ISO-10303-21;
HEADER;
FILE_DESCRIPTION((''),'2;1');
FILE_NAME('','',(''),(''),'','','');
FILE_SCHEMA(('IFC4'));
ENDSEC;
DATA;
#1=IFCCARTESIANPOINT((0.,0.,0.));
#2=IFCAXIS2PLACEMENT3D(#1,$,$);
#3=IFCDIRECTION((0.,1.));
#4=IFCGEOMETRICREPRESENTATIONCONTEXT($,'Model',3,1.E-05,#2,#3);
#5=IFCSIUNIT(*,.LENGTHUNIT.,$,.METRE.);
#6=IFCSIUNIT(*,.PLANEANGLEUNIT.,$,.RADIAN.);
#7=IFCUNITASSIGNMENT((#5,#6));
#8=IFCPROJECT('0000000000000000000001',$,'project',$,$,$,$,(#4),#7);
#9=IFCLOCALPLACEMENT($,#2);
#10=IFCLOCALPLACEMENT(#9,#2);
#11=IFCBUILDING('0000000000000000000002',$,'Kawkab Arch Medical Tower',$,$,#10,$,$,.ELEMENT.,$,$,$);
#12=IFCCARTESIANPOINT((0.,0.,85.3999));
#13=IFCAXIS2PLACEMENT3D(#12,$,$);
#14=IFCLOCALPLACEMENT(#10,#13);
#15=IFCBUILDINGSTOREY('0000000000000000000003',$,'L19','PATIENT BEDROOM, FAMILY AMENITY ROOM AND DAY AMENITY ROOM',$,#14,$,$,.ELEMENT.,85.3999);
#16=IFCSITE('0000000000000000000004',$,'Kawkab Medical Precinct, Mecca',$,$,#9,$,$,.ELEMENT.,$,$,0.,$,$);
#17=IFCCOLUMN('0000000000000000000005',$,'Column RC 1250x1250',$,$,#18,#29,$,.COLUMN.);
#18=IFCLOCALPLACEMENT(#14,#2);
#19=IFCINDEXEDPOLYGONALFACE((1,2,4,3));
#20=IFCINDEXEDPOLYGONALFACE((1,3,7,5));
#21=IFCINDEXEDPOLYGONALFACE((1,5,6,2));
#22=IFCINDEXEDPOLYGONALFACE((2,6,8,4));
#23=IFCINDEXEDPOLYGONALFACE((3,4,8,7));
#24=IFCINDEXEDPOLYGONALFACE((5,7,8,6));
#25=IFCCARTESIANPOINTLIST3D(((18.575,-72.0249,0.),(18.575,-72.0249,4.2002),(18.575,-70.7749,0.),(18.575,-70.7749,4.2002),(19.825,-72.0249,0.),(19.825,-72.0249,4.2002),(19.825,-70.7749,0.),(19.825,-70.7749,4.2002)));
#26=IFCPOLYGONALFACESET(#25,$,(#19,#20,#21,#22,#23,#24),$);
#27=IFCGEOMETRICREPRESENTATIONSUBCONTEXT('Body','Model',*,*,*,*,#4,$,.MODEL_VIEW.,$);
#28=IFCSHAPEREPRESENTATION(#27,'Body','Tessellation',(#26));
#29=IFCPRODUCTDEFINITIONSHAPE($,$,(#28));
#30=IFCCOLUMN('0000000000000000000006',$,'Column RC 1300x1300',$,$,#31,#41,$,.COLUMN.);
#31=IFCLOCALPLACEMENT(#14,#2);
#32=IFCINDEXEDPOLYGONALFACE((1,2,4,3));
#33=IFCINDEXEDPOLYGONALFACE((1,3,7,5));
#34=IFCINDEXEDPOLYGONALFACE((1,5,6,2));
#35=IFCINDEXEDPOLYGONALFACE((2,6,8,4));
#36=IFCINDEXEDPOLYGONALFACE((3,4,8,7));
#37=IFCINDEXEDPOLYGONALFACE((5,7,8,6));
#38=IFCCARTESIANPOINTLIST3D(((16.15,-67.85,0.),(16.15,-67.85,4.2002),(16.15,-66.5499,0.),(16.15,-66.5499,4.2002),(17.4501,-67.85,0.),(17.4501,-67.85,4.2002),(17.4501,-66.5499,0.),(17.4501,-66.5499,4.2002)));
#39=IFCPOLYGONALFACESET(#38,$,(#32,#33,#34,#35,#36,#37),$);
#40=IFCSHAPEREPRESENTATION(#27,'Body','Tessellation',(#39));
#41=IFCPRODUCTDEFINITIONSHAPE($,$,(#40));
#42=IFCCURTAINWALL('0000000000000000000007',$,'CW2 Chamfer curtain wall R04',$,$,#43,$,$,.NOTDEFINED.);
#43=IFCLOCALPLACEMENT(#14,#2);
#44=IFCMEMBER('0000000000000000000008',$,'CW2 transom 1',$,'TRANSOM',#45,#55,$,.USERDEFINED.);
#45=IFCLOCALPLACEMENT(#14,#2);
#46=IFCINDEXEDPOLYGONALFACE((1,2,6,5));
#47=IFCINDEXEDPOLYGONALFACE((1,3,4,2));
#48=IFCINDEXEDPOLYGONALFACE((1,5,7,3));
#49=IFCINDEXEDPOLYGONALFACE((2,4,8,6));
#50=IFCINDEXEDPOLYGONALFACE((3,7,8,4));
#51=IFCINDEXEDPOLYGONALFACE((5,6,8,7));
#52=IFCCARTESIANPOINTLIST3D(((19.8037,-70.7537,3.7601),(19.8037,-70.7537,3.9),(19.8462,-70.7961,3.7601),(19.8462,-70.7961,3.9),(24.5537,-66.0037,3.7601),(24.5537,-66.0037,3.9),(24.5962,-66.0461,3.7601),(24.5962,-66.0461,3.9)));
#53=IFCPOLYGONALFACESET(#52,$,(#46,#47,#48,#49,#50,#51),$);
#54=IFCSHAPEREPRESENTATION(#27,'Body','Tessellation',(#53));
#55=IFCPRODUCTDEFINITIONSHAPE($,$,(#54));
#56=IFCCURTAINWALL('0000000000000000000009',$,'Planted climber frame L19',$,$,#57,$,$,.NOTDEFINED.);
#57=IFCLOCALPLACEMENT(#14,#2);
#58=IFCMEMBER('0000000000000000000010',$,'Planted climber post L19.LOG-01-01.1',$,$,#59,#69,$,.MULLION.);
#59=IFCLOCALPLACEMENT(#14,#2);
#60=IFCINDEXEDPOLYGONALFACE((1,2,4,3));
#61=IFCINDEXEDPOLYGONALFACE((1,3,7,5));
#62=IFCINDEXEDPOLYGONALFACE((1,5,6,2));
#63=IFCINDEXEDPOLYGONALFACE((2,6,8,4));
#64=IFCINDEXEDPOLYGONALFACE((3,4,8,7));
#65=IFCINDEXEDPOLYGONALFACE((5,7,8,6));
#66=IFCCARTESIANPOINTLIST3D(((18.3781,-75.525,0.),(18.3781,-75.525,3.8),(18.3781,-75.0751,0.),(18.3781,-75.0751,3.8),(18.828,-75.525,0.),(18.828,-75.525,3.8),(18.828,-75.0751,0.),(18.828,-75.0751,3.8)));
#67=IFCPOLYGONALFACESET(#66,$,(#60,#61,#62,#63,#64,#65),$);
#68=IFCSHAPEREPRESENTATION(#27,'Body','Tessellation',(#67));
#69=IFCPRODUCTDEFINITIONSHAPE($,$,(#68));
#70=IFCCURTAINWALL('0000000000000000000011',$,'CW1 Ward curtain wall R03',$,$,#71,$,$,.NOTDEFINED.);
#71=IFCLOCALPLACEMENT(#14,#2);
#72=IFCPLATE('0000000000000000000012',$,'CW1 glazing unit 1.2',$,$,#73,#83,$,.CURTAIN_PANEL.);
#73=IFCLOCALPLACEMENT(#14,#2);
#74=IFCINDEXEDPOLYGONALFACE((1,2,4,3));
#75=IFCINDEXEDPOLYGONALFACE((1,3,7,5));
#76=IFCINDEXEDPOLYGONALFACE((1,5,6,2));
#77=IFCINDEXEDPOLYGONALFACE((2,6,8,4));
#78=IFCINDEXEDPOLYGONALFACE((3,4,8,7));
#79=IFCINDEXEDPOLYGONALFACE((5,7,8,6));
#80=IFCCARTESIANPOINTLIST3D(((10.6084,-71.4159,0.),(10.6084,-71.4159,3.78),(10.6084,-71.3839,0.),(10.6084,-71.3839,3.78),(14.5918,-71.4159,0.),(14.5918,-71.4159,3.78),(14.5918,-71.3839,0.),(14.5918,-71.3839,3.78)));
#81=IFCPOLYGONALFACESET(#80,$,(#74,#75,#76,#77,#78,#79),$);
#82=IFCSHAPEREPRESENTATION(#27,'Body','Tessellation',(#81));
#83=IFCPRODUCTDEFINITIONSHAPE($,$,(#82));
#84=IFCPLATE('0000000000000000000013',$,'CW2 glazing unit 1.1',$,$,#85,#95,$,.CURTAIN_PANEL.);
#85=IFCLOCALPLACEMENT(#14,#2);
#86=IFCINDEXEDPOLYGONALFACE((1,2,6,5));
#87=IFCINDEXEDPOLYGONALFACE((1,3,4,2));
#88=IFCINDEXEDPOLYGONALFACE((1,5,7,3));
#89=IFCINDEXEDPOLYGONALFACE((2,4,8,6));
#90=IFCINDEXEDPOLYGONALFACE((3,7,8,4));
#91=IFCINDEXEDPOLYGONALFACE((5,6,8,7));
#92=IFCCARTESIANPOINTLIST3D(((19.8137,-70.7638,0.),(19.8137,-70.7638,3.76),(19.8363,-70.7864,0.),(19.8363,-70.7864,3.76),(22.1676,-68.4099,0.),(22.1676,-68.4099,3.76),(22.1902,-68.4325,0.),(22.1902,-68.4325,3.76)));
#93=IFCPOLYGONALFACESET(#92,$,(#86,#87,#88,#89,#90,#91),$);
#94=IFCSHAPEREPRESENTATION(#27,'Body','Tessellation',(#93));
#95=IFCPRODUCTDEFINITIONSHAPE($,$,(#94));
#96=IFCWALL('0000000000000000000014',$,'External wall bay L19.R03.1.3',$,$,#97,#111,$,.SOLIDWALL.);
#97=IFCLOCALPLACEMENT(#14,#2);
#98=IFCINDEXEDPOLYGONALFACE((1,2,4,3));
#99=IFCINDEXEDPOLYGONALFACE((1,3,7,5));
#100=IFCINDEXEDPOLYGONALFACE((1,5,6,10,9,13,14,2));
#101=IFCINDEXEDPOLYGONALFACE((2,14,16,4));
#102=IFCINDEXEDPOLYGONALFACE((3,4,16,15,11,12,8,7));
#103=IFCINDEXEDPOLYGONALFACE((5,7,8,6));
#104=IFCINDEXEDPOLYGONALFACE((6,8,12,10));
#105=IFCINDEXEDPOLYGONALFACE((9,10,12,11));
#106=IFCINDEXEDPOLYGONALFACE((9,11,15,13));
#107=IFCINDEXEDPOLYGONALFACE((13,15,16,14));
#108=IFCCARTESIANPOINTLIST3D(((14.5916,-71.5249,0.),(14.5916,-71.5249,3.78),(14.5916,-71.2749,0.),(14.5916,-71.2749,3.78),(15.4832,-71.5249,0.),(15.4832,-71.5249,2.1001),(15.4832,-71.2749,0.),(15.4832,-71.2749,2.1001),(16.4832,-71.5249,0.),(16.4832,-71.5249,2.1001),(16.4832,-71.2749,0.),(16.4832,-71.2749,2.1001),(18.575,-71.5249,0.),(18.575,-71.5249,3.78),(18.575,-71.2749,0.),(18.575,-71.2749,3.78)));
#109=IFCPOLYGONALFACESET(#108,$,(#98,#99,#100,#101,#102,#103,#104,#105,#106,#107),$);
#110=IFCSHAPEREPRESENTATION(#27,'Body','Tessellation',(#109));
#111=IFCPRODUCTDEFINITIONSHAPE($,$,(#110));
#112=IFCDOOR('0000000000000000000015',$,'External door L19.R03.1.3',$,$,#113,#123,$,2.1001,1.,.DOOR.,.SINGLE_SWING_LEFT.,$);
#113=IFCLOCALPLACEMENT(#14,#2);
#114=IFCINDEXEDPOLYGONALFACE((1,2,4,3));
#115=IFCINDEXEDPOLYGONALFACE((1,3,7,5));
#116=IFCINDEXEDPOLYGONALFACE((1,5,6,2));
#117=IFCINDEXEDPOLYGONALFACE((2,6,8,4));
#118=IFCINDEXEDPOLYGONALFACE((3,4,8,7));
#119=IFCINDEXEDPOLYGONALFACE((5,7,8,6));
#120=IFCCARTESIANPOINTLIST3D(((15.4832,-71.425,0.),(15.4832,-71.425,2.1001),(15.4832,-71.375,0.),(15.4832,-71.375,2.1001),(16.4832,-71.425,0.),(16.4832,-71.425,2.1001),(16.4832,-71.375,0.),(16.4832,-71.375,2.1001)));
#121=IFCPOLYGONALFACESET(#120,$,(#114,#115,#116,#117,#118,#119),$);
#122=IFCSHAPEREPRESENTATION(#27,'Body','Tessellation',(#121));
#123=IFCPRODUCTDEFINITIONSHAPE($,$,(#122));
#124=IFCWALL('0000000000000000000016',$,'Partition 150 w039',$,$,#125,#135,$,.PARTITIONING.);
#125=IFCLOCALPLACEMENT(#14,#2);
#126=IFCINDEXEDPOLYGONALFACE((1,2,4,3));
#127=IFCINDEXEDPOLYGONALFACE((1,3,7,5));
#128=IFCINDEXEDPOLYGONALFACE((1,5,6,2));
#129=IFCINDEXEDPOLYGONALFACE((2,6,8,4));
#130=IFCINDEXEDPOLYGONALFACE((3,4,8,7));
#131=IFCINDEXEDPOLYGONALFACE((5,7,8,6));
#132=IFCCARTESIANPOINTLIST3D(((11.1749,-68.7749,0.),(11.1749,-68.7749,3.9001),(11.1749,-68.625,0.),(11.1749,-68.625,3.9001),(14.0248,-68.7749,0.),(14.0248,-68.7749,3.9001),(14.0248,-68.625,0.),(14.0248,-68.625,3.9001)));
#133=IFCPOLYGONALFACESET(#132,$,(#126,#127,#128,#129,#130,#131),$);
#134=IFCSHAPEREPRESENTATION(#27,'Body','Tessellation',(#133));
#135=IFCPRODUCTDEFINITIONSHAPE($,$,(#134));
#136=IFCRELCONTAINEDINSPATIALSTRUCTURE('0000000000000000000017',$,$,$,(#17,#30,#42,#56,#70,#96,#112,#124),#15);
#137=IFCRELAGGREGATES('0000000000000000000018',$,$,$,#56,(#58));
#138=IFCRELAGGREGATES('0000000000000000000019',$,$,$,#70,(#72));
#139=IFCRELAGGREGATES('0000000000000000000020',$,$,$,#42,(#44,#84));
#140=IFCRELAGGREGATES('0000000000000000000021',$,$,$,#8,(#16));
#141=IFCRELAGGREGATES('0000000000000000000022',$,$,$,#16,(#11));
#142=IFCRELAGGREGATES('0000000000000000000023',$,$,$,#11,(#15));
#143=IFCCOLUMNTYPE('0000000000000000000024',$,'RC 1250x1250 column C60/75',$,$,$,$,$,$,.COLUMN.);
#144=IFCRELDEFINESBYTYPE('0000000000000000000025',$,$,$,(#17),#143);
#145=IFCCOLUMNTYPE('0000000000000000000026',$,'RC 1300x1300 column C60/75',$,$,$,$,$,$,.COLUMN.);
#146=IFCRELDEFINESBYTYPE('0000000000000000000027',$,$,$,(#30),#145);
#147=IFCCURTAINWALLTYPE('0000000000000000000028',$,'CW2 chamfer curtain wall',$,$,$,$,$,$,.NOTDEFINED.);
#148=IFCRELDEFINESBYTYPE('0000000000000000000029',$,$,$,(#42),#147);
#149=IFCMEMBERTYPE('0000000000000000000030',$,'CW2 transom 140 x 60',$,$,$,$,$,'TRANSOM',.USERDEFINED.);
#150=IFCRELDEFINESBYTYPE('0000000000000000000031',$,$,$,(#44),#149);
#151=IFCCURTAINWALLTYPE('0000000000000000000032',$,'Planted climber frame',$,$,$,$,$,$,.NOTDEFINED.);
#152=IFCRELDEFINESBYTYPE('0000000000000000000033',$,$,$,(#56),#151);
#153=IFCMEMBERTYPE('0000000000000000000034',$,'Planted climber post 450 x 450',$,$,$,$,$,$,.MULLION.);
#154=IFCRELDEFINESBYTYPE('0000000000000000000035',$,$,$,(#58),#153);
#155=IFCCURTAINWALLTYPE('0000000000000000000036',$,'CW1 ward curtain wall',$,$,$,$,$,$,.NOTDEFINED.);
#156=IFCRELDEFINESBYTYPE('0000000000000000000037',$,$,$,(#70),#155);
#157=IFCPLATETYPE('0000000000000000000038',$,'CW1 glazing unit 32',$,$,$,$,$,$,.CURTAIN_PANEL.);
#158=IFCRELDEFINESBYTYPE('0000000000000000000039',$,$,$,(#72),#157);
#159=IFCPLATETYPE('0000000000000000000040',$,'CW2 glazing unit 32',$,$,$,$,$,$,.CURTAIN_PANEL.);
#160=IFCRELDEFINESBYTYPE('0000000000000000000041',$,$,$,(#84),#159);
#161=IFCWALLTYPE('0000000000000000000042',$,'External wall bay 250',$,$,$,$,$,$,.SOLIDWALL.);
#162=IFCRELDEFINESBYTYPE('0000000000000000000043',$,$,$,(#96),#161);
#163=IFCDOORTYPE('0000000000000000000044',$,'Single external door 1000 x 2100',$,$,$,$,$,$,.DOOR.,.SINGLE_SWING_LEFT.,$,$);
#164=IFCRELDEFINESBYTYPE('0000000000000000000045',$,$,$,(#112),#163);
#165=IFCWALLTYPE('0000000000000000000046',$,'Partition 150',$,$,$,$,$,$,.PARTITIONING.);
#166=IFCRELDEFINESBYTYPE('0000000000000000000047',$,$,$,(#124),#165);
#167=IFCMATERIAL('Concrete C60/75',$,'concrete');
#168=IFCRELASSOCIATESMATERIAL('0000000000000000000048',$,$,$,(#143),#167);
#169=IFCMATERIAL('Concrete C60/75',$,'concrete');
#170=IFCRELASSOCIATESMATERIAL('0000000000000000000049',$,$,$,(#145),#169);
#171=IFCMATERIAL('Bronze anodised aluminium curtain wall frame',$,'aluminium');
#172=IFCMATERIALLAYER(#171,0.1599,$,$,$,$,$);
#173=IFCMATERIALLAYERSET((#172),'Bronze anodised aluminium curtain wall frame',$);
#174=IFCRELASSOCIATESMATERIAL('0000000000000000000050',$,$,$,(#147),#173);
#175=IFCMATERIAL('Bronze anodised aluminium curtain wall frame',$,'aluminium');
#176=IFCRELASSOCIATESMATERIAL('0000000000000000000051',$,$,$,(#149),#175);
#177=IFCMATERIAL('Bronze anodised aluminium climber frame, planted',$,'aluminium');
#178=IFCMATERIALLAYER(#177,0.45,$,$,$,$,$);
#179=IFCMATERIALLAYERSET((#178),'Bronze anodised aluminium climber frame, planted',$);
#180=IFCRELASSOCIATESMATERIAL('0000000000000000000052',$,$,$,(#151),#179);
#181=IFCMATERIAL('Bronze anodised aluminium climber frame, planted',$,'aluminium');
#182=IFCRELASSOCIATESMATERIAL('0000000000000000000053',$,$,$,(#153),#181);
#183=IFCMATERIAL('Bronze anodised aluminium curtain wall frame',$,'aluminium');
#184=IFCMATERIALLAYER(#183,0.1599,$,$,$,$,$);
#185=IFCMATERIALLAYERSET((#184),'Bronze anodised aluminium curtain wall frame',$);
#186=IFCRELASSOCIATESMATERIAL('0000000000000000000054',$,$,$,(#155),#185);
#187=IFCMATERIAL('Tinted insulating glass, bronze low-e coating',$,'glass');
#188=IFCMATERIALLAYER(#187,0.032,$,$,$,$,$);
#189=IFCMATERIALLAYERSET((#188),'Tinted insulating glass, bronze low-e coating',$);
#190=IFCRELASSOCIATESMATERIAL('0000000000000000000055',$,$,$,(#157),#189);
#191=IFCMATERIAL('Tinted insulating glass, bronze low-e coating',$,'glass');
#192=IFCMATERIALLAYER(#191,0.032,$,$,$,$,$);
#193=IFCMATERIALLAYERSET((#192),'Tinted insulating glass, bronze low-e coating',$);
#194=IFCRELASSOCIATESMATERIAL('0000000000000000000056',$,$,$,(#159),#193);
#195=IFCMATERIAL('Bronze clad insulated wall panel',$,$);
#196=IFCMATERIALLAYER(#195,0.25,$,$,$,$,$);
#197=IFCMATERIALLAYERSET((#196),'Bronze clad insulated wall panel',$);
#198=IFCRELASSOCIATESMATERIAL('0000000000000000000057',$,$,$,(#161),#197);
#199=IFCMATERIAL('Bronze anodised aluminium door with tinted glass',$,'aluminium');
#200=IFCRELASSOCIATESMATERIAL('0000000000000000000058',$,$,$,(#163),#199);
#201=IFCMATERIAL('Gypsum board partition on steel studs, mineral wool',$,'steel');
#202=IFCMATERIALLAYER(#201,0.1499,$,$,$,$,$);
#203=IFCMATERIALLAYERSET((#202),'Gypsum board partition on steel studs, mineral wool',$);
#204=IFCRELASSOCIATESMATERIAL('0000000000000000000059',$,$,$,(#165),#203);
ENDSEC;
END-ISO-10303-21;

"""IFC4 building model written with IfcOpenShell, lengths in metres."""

from ifc_helpers import new_model, si_unit, direction, frame, frame_2d, origin, origin_2d, place, context, subcontext, project, spatial, rectangle, extrude, material, layer, layer_set, material_profile, profile_set, type_object, element, fill, aggregate, save


model = new_model("IFC4")

# Units and contexts
model_context = context("Model", 3, precision=1e-05, world=origin(), true_north=direction((0.0, 1.0)))
body_context = subcontext(model_context, "Body", "Model", "MODEL_VIEW")
ifc_project = project(units=[si_unit("LENGTHUNIT", "METRE"), si_unit("PLANEANGLEUNIT", "RADIAN")], contexts=[model_context])

# Site, building, storey
site_placement = place(None, origin())
site = spatial("IfcSite", under=ifc_project, at=site_placement, Name="Kawkab Medical Precinct, Mecca", CompositionType="ELEMENT", RefElevation=0.0)
building_placement = place(site_placement, origin())
building = spatial("IfcBuilding", under=site, at=building_placement, Name="Kawkab Arch Medical Tower", CompositionType="ELEMENT")
storey_placement = place(building_placement, frame((0.0, 0.0, 85.3999)))
storey = spatial("IfcBuildingStorey", under=building, at=storey_placement, Name="L19", Description="PATIENT BEDROOM, FAMILY AMENITY ROOM AND DAY AMENITY ROOM", CompositionType="ELEMENT", Elevation=85.3999)

# Columns
ifc_material_1 = material(Name="Concrete C60/75", Category="concrete")
ifc_material_profile_1 = material_profile(ifc_material_1, rectangle(XDim=1.25, YDim=1.25, at=origin_2d()), Name="RC 1250x1250")
ifc_profile_set_1 = profile_set([ifc_material_profile_1], Name="Concrete C60/75")
column_type_1 = type_object("IfcColumnType", Name="RC 1250x1250 column C60/75", PredefinedType="COLUMN", material=ifc_profile_set_1)
column_1_placement = place(storey_placement, frame((19.2, -71.3999, 0.0), z_axis=(0.0, 0.0, 1.0), x_axis=(1.0, 0.0, 0.0)))
element("IfcColumn", 1, at=column_1_placement, inside=storey, type_object=column_type_1, Name="Column RC 1250x1250", PredefinedType="COLUMN", context=body_context, shape_type="SweptSolid", body=[
    extrude(rectangle(XDim=1.25, YDim=1.25, at=origin_2d()), origin(), (0.0, 0.0, 1.0), 4.2002),
])
ifc_material_2 = material(Name="Concrete C60/75", Category="concrete")
ifc_material_profile_2 = material_profile(ifc_material_2, rectangle(XDim=1.3, YDim=1.3, at=origin_2d()), Name="RC 1300x1300")
ifc_profile_set_2 = profile_set([ifc_material_profile_2], Name="Concrete C60/75")
column_type_2 = type_object("IfcColumnType", Name="RC 1300x1300 column C60/75", PredefinedType="COLUMN", material=ifc_profile_set_2)
column_2_placement = place(storey_placement, frame((16.8, -67.2, 0.0), z_axis=(0.0, 0.0, 1.0), x_axis=(1.0, 0.0, 0.0)))
element("IfcColumn", 2, at=column_2_placement, inside=storey, type_object=column_type_2, Name="Column RC 1300x1300", PredefinedType="COLUMN", context=body_context, shape_type="SweptSolid", body=[
    extrude(rectangle(XDim=1.3, YDim=1.3, at=origin_2d()), origin(), (0.0, 0.0, 1.0), 4.2002),
])

# Curtain walls, members
ifc_material_3 = material(Name="Bronze anodised aluminium curtain wall frame", Category="aluminium")
ifc_layer_1 = layer(ifc_material_3, 0.1599)
ifc_layer_set_1 = layer_set([ifc_layer_1], Name="Bronze anodised aluminium curtain wall frame")
curtain_wall_type_1 = type_object("IfcCurtainWallType", Name="CW2 chamfer curtain wall", PredefinedType="NOTDEFINED", material=ifc_layer_set_1)
placement = place(storey_placement, origin())
curtain_wall_1 = element("IfcCurtainWall", 3, at=placement, inside=storey, type_object=curtain_wall_type_1, Name="CW2 Chamfer curtain wall R04", PredefinedType="NOTDEFINED")
ifc_material_4 = material(Name="Bronze anodised aluminium curtain wall frame", Category="aluminium")
ifc_material_profile_3 = material_profile(ifc_material_4, rectangle(XDim=0.0601, YDim=0.1399, at=origin_2d()), Name="AL 60x140")
ifc_profile_set_3 = profile_set([ifc_material_profile_3], Name="Bronze anodised aluminium curtain wall frame")
member_type_1 = type_object("IfcMemberType", Name="CW2 transom 140 x 60", ElementType="TRANSOM", PredefinedType="USERDEFINED", material=ifc_profile_set_3)
member_1_placement = place(storey_placement, frame((19.825, -70.7749, 3.8301), z_axis=(0.707107, 0.707107, 0.0), x_axis=(-0.707107, 0.707107, 0.0)))
member_1 = element("IfcMember", 4, at=member_1_placement, type_object=member_type_1, Name="CW2 transom 1", ObjectType="TRANSOM", PredefinedType="USERDEFINED", context=body_context, shape_type="SweptSolid", body=[
    extrude(rectangle(XDim=0.0601, YDim=0.1399, at=origin_2d()), origin(), (0.0, 0.0, 1.0), 6.7175),
])
ifc_material_5 = material(Name="Bronze anodised aluminium climber frame, planted", Category="aluminium")
ifc_layer_2 = layer(ifc_material_5, 0.45)
ifc_layer_set_2 = layer_set([ifc_layer_2], Name="Bronze anodised aluminium climber frame, planted")
curtain_wall_type_2 = type_object("IfcCurtainWallType", Name="Planted climber frame", PredefinedType="NOTDEFINED", material=ifc_layer_set_2)
curtain_wall_2 = element("IfcCurtainWall", 5, at=placement, inside=storey, type_object=curtain_wall_type_2, Name="Planted climber frame L19", PredefinedType="NOTDEFINED")
ifc_material_6 = material(Name="Bronze anodised aluminium climber frame, planted", Category="aluminium")
ifc_material_profile_4 = material_profile(ifc_material_6, rectangle(XDim=0.45, YDim=0.45, at=origin_2d()), Name="Post 450x450")
ifc_profile_set_4 = profile_set([ifc_material_profile_4], Name="Bronze anodised aluminium climber frame, planted")
member_type_2 = type_object("IfcMemberType", Name="Planted climber post 450 x 450", PredefinedType="MULLION", material=ifc_profile_set_4)
member_2_placement = place(storey_placement, frame((18.603, -75.3, 0.0), z_axis=(0.0, 0.0, 1.0), x_axis=(1.0, 0.0, 0.0)))
member_2 = element("IfcMember", 6, at=member_2_placement, type_object=member_type_2, Name="Planted climber post L19.LOG-01-01.1", PredefinedType="MULLION", context=body_context, shape_type="SweptSolid", body=[
    extrude(rectangle(XDim=0.45, YDim=0.45, at=origin_2d()), origin(), (0.0, 0.0, 1.0), 3.8),
])
aggregate(curtain_wall_2, [member_2])

# Curtain wall, plate
ifc_material_7 = material(Name="Bronze anodised aluminium curtain wall frame", Category="aluminium")
ifc_layer_3 = layer(ifc_material_7, 0.1599)
ifc_layer_set_3 = layer_set([ifc_layer_3], Name="Bronze anodised aluminium curtain wall frame")
curtain_wall_type_3 = type_object("IfcCurtainWallType", Name="CW1 ward curtain wall", PredefinedType="NOTDEFINED", material=ifc_layer_set_3)
curtain_wall_3 = element("IfcCurtainWall", 7, at=placement, inside=storey, type_object=curtain_wall_type_3, Name="CW1 Ward curtain wall R03", PredefinedType="NOTDEFINED")
ifc_material_8 = material(Name="Tinted insulating glass, bronze low-e coating", Category="glass")
ifc_layer_4 = layer(ifc_material_8, 0.032)
ifc_layer_set_4 = layer_set([ifc_layer_4], Name="Tinted insulating glass, bronze low-e coating")
plate_type_1 = type_object("IfcPlateType", Name="CW1 glazing unit 32", PredefinedType="CURTAIN_PANEL", material=ifc_layer_set_4)
plate_1_placement = place(storey_placement, frame((12.6001, -71.3999, 0.0), z_axis=(0.0, 0.0, 1.0), x_axis=(1.0, 0.0, 0.0)))
plate_1 = element("IfcPlate", 8, at=plate_1_placement, type_object=plate_type_1, Name="CW1 glazing unit 1.2", PredefinedType="CURTAIN_PANEL", context=body_context, shape_type="SweptSolid", body=[
    extrude(rectangle(XDim=3.9834, YDim=0.032, at=origin_2d()), origin(), (0.0, 0.0, 1.0), 3.78),
])
aggregate(curtain_wall_3, [plate_1])

# Plate
ifc_material_9 = material(Name="Tinted insulating glass, bronze low-e coating", Category="glass")
ifc_layer_5 = layer(ifc_material_9, 0.032)
ifc_layer_set_5 = layer_set([ifc_layer_5], Name="Tinted insulating glass, bronze low-e coating")
plate_type_2 = type_object("IfcPlateType", Name="CW2 glazing unit 32", PredefinedType="CURTAIN_PANEL", material=ifc_layer_set_5)
plate_2_placement = place(storey_placement, frame((21.002, -69.5981, 0.0), z_axis=(0.0, 0.0, 1.0), x_axis=(0.707107, 0.707107, 0.0)))
plate_2 = element("IfcPlate", 9, at=plate_2_placement, type_object=plate_type_2, Name="CW2 glazing unit 1.1", PredefinedType="CURTAIN_PANEL", context=body_context, shape_type="SweptSolid", body=[
    extrude(rectangle(XDim=3.3289, YDim=0.032, at=origin_2d()), origin(), (0.0, 0.0, 1.0), 3.76),
])
aggregate(curtain_wall_1, [member_1, plate_2])

# Wall, opening, door
ifc_material_10 = material(Name="Bronze clad insulated wall panel")
ifc_layer_6 = layer(ifc_material_10, 0.25)
ifc_layer_set_6 = layer_set([ifc_layer_6], Name="Bronze clad insulated wall panel")
wall_type_1 = type_object("IfcWallType", Name="External wall bay 250", PredefinedType="SOLIDWALL", material=ifc_layer_set_6)
wall_1_placement = place(storey_placement, frame((14.5916, -71.3999, 0.0), z_axis=(0.0, 0.0, 1.0), x_axis=(1.0, 0.0, 0.0)))
wall_1 = element("IfcWall", 10, at=wall_1_placement, inside=storey, type_object=wall_type_1, Name="External wall bay L19.R03.1.3", PredefinedType="SOLIDWALL", context=body_context, shape_type="SweptSolid", body=[
    extrude(rectangle(XDim=3.9834, YDim=0.25, at=frame_2d((1.9917, 0.0))), origin(), (0.0, 0.0, 1.0), 3.78),
])
opening_1_placement = place(wall_1_placement, frame((0.8916, 0.0, 0.0)))
opening_1 = element("IfcOpeningElement", 11, at=opening_1_placement, cuts=wall_1, PredefinedType="OPENING", context=body_context, shape_type="SweptSolid", body=[
    extrude(rectangle(XDim=1.0, YDim=2.1001, at=frame_2d((0.5, 1.05))), frame((0.0, 0.135, 0.0), z_axis=(0.0, -1.0, 0.0), x_axis=(1.0, 0.0, 0.0)), (0.0, 0.0, 1.0), 0.27),
])
ifc_material_11 = material(Name="Bronze anodised aluminium door with tinted glass", Category="aluminium")
door_type_1 = type_object("IfcDoorType", Name="Single external door 1000 x 2100", OperationType="SINGLE_SWING_LEFT", PredefinedType="DOOR", material=ifc_material_11)
door_1_placement = place(opening_1_placement, origin())
door_1 = element("IfcDoor", 12, at=door_1_placement, inside=storey, type_object=door_type_1, Name="External door L19.R03.1.3", OperationType="SINGLE_SWING_LEFT", OverallHeight=2.1001, OverallWidth=1.0, PredefinedType="DOOR", context=body_context, shape_type="SweptSolid", body=[
    extrude(rectangle(XDim=1.0, YDim=2.1001, at=frame_2d((0.5, 1.05))), frame((0.0, 0.0249, 0.0), z_axis=(0.0, -1.0, 0.0), x_axis=(1.0, 0.0, 0.0)), (0.0, 0.0, 1.0), 0.05),
])
fill(opening_1, door_1)

# Wall
ifc_material_12 = material(Name="Gypsum board partition on steel studs, mineral wool", Category="steel")
ifc_layer_7 = layer(ifc_material_12, 0.1499)
ifc_layer_set_7 = layer_set([ifc_layer_7], Name="Gypsum board partition on steel studs, mineral wool")
wall_type_2 = type_object("IfcWallType", Name="Partition 150", PredefinedType="PARTITIONING", material=ifc_layer_set_7)
wall_2_placement = place(storey_placement, frame((11.175, -68.7, 0.0), z_axis=(0.0, 0.0, 1.0), x_axis=(1.0, 0.0, 0.0)))
element("IfcWall", 13, at=wall_2_placement, inside=storey, type_object=wall_type_2, Name="Partition 150 w039", PredefinedType="PARTITIONING", context=body_context, shape_type="SweptSolid", body=[
    extrude(rectangle(XDim=2.8499, YDim=0.1499, at=frame_2d((1.4248, 0.0))), origin(), (0.0, 0.0, 1.0), 3.9001),
])

save(model, "model.ifc")
